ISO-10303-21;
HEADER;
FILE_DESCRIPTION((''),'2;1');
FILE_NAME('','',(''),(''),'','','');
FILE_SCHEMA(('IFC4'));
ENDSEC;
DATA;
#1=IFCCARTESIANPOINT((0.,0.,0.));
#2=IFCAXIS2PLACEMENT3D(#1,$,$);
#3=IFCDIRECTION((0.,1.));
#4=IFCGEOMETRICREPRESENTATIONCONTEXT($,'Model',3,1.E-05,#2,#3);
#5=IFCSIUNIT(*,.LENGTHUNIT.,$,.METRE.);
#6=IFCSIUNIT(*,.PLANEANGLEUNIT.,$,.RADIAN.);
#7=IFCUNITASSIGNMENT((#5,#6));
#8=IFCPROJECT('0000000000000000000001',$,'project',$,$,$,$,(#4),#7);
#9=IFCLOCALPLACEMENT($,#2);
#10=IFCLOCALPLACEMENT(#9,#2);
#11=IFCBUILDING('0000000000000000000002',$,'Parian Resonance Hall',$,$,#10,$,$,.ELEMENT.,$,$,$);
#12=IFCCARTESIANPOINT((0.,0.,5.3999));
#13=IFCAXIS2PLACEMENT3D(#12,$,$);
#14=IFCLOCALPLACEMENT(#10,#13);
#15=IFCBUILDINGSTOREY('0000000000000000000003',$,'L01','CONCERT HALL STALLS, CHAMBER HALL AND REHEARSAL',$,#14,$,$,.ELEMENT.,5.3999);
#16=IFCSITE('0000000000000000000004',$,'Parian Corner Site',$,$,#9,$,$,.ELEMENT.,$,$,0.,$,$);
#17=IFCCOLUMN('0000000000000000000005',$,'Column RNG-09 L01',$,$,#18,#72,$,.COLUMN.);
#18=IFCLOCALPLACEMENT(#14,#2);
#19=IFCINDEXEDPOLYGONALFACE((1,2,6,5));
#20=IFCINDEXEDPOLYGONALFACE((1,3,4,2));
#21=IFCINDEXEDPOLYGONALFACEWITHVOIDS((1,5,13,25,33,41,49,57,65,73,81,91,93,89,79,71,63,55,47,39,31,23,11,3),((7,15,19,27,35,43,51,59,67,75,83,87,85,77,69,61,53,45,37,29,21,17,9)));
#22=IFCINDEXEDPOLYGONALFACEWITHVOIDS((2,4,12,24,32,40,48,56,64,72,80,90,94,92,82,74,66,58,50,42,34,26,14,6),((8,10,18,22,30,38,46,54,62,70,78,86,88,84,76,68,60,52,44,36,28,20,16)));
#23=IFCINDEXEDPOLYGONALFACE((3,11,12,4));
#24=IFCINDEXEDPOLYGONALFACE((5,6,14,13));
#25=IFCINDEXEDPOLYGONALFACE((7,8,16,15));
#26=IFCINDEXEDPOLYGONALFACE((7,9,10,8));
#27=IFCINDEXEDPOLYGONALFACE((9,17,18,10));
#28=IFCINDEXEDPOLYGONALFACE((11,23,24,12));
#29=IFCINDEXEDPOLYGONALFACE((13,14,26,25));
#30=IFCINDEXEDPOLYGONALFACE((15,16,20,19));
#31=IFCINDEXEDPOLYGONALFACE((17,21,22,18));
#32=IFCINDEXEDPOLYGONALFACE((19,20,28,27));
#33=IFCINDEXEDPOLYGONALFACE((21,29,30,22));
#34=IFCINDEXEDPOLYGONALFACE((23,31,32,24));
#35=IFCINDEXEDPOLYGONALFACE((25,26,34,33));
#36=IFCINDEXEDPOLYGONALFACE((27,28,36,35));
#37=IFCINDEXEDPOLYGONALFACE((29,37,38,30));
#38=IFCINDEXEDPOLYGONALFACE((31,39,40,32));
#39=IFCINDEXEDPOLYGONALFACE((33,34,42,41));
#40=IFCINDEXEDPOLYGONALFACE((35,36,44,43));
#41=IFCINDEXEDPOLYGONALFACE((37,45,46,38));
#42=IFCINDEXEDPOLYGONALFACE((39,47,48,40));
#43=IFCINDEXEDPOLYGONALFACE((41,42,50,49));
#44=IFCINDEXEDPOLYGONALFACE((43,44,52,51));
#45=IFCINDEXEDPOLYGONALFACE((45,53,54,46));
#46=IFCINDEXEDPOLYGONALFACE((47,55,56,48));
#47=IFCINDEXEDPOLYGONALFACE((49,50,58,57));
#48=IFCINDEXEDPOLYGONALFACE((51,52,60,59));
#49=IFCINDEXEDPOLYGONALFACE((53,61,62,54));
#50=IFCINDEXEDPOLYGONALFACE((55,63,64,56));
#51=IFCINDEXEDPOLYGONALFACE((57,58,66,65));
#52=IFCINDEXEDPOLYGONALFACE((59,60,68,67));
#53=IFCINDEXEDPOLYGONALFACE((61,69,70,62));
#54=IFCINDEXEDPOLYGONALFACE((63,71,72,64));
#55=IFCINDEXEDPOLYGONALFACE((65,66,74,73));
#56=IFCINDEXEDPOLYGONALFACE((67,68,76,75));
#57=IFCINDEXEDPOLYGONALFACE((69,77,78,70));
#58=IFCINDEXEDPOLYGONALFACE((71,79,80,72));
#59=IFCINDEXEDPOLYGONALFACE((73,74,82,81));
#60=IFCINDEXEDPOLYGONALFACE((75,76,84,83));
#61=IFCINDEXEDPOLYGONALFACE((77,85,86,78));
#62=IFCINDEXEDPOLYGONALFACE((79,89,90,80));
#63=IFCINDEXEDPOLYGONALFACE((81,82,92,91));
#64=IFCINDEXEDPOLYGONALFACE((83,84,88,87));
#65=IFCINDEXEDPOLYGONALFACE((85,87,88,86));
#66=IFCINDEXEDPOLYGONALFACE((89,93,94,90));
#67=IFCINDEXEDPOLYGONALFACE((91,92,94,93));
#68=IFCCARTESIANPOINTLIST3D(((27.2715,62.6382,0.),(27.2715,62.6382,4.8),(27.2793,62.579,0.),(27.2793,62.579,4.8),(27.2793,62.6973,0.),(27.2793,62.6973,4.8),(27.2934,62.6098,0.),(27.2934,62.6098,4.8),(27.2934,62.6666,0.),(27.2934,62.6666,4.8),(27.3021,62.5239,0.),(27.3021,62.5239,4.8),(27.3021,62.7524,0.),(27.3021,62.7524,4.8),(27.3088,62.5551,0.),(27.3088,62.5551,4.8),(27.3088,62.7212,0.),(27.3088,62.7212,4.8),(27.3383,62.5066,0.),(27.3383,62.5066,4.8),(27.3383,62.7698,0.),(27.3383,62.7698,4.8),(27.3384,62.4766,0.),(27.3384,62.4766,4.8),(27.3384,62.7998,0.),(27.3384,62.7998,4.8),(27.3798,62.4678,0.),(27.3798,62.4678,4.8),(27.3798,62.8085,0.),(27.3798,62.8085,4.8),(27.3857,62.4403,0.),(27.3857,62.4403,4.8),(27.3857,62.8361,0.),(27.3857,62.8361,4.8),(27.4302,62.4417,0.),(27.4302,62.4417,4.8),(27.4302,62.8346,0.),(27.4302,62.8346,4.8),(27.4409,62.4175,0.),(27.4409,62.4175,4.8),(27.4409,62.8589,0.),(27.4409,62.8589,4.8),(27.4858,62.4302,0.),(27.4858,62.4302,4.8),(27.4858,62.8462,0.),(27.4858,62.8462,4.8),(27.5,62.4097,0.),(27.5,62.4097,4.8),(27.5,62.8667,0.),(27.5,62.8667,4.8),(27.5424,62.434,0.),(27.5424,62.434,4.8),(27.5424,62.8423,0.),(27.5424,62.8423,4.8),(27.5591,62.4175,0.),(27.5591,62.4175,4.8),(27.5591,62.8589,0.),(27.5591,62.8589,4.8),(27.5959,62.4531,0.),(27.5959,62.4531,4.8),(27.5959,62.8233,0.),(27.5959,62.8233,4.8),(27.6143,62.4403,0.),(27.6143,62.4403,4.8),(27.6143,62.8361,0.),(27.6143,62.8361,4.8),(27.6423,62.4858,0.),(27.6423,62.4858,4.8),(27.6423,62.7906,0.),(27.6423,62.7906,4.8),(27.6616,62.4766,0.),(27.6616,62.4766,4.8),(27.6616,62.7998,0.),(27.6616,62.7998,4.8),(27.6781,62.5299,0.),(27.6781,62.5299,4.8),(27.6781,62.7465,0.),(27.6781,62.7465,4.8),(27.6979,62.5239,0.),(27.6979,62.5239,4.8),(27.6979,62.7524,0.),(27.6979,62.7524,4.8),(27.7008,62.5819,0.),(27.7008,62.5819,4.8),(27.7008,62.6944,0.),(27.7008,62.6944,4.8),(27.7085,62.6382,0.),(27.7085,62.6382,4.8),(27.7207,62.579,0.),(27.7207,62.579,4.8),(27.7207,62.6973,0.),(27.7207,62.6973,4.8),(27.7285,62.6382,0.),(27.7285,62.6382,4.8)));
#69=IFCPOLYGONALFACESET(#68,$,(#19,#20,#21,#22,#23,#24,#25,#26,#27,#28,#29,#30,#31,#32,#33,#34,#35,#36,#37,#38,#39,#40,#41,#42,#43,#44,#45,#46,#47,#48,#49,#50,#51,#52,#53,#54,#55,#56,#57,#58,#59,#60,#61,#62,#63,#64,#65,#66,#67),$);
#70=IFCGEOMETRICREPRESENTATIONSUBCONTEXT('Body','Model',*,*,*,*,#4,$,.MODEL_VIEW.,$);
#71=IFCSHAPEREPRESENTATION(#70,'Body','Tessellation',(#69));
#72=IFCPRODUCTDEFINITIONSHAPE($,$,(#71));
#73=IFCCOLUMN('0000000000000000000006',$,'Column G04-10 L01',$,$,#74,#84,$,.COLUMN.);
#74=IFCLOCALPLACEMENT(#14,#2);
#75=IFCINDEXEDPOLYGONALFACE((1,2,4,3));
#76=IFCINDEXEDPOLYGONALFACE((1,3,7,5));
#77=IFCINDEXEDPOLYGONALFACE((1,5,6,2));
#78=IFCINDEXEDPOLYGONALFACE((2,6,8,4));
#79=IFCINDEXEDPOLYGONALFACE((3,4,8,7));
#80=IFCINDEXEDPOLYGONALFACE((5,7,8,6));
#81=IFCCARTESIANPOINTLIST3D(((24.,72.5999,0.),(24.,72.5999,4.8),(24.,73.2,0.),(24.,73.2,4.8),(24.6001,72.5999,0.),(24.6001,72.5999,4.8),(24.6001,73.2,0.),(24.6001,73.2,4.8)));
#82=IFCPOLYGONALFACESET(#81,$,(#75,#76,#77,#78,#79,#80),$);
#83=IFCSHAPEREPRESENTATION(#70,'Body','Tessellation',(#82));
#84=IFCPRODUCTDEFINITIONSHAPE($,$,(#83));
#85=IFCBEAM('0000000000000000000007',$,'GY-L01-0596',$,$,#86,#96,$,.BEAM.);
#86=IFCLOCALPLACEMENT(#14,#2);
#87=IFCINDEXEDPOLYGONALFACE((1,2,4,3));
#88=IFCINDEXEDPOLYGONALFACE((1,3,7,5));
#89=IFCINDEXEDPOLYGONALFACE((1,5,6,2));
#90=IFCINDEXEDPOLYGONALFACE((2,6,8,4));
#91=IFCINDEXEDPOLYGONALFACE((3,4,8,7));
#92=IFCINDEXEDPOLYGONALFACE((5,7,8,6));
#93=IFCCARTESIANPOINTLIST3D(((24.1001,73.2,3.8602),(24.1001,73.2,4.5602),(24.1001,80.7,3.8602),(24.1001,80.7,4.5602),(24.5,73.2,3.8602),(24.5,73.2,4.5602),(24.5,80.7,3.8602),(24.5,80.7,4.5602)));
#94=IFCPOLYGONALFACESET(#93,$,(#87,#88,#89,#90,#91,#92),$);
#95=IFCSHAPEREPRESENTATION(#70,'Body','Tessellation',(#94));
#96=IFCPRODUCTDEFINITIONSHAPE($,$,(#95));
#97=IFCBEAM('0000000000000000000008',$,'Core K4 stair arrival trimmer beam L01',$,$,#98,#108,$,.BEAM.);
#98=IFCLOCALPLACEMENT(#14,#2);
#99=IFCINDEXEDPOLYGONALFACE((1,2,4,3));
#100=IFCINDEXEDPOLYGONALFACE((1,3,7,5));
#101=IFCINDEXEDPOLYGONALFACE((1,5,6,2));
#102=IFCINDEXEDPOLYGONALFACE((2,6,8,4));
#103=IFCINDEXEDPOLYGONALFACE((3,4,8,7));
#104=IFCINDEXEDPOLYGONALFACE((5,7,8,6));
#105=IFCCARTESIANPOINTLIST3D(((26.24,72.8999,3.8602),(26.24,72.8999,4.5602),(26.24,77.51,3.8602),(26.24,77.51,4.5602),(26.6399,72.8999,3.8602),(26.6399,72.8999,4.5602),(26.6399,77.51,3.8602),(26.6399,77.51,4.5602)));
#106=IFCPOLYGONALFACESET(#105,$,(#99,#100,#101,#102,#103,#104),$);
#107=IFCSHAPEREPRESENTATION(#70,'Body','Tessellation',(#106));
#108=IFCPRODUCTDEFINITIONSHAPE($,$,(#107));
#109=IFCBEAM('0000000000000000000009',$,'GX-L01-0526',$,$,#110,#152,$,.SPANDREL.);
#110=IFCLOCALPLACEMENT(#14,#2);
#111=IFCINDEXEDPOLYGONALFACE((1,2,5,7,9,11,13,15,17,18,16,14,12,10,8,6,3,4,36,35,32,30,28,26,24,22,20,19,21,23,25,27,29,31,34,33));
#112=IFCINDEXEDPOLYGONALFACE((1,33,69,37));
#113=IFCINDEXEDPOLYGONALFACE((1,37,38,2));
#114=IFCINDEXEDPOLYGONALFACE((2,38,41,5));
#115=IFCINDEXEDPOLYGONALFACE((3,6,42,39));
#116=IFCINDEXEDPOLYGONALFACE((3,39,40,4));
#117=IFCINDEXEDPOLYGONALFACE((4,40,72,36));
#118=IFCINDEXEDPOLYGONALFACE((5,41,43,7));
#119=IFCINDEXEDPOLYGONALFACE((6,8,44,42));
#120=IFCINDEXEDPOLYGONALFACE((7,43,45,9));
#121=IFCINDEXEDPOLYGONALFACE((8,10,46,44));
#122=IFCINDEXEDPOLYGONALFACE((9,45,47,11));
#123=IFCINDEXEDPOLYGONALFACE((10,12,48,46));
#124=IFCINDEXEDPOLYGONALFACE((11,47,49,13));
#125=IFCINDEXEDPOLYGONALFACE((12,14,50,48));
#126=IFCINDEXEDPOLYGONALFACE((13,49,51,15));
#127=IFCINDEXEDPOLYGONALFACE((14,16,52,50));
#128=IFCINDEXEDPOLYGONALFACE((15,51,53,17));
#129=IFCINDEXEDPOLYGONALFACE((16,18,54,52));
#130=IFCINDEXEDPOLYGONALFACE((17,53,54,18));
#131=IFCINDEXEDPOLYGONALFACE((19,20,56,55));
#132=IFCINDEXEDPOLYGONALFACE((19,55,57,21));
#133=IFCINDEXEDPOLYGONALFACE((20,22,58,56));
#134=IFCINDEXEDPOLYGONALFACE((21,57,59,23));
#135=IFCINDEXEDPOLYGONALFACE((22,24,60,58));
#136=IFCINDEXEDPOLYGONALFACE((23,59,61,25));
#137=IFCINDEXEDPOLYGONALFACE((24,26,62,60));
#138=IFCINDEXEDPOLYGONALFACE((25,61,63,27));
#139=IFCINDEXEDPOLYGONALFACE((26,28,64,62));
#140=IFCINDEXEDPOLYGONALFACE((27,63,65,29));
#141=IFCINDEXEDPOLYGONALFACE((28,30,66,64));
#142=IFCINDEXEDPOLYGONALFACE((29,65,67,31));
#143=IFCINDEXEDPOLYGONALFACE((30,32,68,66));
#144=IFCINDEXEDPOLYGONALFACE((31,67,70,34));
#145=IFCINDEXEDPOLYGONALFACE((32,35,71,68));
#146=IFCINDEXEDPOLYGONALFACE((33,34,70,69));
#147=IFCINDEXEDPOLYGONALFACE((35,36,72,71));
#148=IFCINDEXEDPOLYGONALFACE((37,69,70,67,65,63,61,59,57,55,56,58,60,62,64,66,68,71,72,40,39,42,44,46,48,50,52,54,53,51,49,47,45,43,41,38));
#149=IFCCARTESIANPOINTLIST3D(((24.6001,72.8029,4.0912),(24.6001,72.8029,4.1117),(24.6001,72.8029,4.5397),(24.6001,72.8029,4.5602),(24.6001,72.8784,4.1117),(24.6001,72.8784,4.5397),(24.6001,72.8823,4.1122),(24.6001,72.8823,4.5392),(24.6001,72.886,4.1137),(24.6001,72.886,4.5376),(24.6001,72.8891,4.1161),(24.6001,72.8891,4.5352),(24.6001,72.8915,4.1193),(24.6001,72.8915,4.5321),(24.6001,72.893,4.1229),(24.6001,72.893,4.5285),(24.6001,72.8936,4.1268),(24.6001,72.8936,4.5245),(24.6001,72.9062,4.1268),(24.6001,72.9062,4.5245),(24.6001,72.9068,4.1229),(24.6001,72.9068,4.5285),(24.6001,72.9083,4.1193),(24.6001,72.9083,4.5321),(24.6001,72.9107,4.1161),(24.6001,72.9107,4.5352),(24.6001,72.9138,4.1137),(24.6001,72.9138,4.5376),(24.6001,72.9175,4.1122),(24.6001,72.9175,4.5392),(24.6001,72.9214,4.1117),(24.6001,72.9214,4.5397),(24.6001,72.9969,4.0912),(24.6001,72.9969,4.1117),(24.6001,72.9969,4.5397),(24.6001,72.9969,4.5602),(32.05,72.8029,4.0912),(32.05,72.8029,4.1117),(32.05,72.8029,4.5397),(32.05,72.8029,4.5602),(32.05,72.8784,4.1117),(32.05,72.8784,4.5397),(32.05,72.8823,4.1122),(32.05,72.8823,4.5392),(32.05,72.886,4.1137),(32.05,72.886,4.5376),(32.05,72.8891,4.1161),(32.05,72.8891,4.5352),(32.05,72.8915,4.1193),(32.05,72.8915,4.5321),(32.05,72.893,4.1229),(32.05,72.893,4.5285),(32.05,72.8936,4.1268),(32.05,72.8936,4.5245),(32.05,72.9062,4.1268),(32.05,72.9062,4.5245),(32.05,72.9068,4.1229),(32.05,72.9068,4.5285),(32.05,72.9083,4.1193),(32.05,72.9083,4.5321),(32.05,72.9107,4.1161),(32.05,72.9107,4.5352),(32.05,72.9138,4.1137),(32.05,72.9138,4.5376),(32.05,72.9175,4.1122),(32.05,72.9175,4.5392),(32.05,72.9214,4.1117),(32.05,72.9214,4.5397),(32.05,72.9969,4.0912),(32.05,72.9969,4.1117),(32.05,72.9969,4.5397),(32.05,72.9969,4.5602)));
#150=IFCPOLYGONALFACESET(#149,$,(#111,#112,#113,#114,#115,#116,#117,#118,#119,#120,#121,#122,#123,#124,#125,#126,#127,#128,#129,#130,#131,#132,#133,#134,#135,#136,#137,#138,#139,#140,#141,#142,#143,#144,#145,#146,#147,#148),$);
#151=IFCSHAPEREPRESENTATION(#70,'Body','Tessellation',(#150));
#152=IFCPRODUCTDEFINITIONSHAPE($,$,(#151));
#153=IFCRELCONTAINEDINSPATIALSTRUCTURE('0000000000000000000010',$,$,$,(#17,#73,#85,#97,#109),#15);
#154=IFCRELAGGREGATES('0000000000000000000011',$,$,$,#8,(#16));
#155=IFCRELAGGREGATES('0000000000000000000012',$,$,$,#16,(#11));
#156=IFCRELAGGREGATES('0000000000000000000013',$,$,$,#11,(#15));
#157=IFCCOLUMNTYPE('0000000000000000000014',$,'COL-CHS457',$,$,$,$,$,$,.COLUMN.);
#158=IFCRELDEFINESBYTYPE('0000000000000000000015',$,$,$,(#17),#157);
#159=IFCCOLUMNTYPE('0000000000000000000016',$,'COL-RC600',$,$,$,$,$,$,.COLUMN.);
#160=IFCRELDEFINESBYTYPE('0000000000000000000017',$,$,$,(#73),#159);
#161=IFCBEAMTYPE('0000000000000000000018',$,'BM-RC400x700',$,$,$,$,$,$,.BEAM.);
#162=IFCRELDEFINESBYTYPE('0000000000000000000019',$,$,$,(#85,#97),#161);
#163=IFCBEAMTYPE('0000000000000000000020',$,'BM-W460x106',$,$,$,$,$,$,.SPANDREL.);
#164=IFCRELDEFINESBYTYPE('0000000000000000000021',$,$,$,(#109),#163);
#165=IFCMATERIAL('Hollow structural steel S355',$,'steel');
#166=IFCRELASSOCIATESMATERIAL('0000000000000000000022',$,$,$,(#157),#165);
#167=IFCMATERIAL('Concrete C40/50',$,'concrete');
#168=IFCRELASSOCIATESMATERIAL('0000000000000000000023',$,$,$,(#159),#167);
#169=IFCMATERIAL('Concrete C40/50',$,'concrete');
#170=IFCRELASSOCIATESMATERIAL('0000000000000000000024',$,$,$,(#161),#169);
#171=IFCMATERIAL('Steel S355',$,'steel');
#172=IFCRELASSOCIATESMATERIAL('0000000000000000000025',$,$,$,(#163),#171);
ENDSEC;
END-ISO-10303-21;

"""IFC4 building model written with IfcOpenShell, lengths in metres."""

from ifc_helpers import new_model, si_unit, direction, frame, origin, origin_2d, place, context, subcontext, project, spatial, rectangle, hollow_circle, i_section, extrude, material, material_profile, profile_set, type_object, element, save


model = new_model("IFC4")

# Units and contexts
model_context = context("Model", 3, precision=1e-05, world=origin(), true_north=direction((0.0, 1.0)))
body_context = subcontext(model_context, "Body", "Model", "MODEL_VIEW")
ifc_project = project(units=[si_unit("LENGTHUNIT", "METRE"), si_unit("PLANEANGLEUNIT", "RADIAN")], contexts=[model_context])

# Site, building, storey
site_placement = place(None, origin())
site = spatial("IfcSite", under=ifc_project, at=site_placement, Name="Parian Corner Site", CompositionType="ELEMENT", RefElevation=0.0)
building_placement = place(site_placement, origin())
building = spatial("IfcBuilding", under=site, at=building_placement, Name="Parian Resonance Hall", CompositionType="ELEMENT")
storey_placement = place(building_placement, frame((0.0, 0.0, 5.3999)))
storey = spatial("IfcBuildingStorey", under=building, at=storey_placement, Name="L01", Description="CONCERT HALL STALLS, CHAMBER HALL AND REHEARSAL", CompositionType="ELEMENT", Elevation=5.3999)

# Columns
ifc_material_1 = material(Name="Hollow structural steel S355", Category="steel")
ifc_material_profile_1 = material_profile(ifc_material_1, hollow_circle(Radius=0.2285, WallThickness=0.02, at=origin_2d()), Name="CHS457x20")
ifc_profile_set_1 = profile_set([ifc_material_profile_1], Name="Hollow structural steel S355")
column_type_1 = type_object("IfcColumnType", Name="COL-CHS457", PredefinedType="COLUMN", material=ifc_profile_set_1)
column_1_placement = place(storey_placement, frame((27.5, 62.6382, 0.0), z_axis=(0.0, 0.0, 1.0), x_axis=(1.0, 0.0, 0.0)))
element("IfcColumn", 1, at=column_1_placement, inside=storey, type_object=column_type_1, Name="Column RNG-09 L01", PredefinedType="COLUMN", context=body_context, shape_type="SweptSolid", body=[
    extrude(hollow_circle(Radius=0.2285, WallThickness=0.02, at=origin_2d()), origin(), (0.0, 0.0, 1.0), 4.8),
])
ifc_material_2 = material(Name="Concrete C40/50", Category="concrete")
ifc_material_profile_2 = material_profile(ifc_material_2, rectangle(XDim=0.6001, YDim=0.6001, at=origin_2d()), Name="RC-COL-600x600")
ifc_profile_set_2 = profile_set([ifc_material_profile_2], Name="Concrete C40/50")
column_type_2 = type_object("IfcColumnType", Name="COL-RC600", PredefinedType="COLUMN", material=ifc_profile_set_2)
column_2_placement = place(storey_placement, frame((24.3, 72.8999, 0.0), z_axis=(0.0, 0.0, 1.0), x_axis=(1.0, 0.0, 0.0)))
element("IfcColumn", 2, at=column_2_placement, inside=storey, type_object=column_type_2, Name="Column G04-10 L01", PredefinedType="COLUMN", context=body_context, shape_type="SweptSolid", body=[
    extrude(rectangle(XDim=0.6001, YDim=0.6001, at=origin_2d()), origin(), (0.0, 0.0, 1.0), 4.8),
])

# Beams
ifc_material_3 = material(Name="Concrete C40/50", Category="concrete")
ifc_material_profile_3 = material_profile(ifc_material_3, rectangle(XDim=0.3999, YDim=0.7, at=origin_2d()), Name="RC-BM-400x700")
ifc_profile_set_3 = profile_set([ifc_material_profile_3], Name="Concrete C40/50")
beam_type_1 = type_object("IfcBeamType", Name="BM-RC400x700", PredefinedType="BEAM", material=ifc_profile_set_3)
beam_1_placement = place(storey_placement, frame((24.3, 73.2, 4.2102), z_axis=(0.0, 1.0, 0.0), x_axis=(-1.0, 0.0, 0.0)))
element("IfcBeam", 3, at=beam_1_placement, inside=storey, type_object=beam_type_1, Name="GY-L01-0596", PredefinedType="BEAM", context=body_context, shape_type="SweptSolid", body=[
    extrude(rectangle(XDim=0.3999, YDim=0.7, at=origin_2d()), origin(), (0.0, 0.0, 1.0), 7.5),
])
beam_2_placement = place(storey_placement, frame((26.4399, 72.8999, 4.2102), z_axis=(0.0, 1.0, 0.0), x_axis=(-1.0, 0.0, 0.0)))
element("IfcBeam", 4, at=beam_2_placement, inside=storey, type_object=beam_type_1, Name="Core K4 stair arrival trimmer beam L01", PredefinedType="BEAM", context=body_context, shape_type="SweptSolid", body=[
    extrude(rectangle(XDim=0.3999, YDim=0.7, at=origin_2d()), origin(), (0.0, 0.0, 1.0), 4.6101),
])
ifc_material_4 = material(Name="Steel S355", Category="steel")
ifc_material_profile_4 = material_profile(ifc_material_4, i_section(OverallWidth=0.1941, OverallDepth=0.469, WebThickness=0.0127, FlangeThickness=0.0205, FilletRadius=0.0151, at=origin_2d()), Name="W460x106")
ifc_profile_set_4 = profile_set([ifc_material_profile_4], Name="Steel S355")
beam_type_2 = type_object("IfcBeamType", Name="BM-W460x106", PredefinedType="SPANDREL", material=ifc_profile_set_4)
beam_3_placement = place(storey_placement, frame((24.6001, 72.8999, 4.3257), z_axis=(1.0, 0.0, 0.0), x_axis=(0.0, 1.0, 0.0)))
element("IfcBeam", 5, at=beam_3_placement, inside=storey, type_object=beam_type_2, Name="GX-L01-0526", PredefinedType="SPANDREL", context=body_context, shape_type="SweptSolid", body=[
    extrude(i_section(OverallWidth=0.1941, OverallDepth=0.469, WebThickness=0.0127, FlangeThickness=0.0205, FilletRadius=0.0151, at=origin_2d()), origin(), (0.0, 0.0, 1.0), 7.45),
])

save(model, "model.ifc")
